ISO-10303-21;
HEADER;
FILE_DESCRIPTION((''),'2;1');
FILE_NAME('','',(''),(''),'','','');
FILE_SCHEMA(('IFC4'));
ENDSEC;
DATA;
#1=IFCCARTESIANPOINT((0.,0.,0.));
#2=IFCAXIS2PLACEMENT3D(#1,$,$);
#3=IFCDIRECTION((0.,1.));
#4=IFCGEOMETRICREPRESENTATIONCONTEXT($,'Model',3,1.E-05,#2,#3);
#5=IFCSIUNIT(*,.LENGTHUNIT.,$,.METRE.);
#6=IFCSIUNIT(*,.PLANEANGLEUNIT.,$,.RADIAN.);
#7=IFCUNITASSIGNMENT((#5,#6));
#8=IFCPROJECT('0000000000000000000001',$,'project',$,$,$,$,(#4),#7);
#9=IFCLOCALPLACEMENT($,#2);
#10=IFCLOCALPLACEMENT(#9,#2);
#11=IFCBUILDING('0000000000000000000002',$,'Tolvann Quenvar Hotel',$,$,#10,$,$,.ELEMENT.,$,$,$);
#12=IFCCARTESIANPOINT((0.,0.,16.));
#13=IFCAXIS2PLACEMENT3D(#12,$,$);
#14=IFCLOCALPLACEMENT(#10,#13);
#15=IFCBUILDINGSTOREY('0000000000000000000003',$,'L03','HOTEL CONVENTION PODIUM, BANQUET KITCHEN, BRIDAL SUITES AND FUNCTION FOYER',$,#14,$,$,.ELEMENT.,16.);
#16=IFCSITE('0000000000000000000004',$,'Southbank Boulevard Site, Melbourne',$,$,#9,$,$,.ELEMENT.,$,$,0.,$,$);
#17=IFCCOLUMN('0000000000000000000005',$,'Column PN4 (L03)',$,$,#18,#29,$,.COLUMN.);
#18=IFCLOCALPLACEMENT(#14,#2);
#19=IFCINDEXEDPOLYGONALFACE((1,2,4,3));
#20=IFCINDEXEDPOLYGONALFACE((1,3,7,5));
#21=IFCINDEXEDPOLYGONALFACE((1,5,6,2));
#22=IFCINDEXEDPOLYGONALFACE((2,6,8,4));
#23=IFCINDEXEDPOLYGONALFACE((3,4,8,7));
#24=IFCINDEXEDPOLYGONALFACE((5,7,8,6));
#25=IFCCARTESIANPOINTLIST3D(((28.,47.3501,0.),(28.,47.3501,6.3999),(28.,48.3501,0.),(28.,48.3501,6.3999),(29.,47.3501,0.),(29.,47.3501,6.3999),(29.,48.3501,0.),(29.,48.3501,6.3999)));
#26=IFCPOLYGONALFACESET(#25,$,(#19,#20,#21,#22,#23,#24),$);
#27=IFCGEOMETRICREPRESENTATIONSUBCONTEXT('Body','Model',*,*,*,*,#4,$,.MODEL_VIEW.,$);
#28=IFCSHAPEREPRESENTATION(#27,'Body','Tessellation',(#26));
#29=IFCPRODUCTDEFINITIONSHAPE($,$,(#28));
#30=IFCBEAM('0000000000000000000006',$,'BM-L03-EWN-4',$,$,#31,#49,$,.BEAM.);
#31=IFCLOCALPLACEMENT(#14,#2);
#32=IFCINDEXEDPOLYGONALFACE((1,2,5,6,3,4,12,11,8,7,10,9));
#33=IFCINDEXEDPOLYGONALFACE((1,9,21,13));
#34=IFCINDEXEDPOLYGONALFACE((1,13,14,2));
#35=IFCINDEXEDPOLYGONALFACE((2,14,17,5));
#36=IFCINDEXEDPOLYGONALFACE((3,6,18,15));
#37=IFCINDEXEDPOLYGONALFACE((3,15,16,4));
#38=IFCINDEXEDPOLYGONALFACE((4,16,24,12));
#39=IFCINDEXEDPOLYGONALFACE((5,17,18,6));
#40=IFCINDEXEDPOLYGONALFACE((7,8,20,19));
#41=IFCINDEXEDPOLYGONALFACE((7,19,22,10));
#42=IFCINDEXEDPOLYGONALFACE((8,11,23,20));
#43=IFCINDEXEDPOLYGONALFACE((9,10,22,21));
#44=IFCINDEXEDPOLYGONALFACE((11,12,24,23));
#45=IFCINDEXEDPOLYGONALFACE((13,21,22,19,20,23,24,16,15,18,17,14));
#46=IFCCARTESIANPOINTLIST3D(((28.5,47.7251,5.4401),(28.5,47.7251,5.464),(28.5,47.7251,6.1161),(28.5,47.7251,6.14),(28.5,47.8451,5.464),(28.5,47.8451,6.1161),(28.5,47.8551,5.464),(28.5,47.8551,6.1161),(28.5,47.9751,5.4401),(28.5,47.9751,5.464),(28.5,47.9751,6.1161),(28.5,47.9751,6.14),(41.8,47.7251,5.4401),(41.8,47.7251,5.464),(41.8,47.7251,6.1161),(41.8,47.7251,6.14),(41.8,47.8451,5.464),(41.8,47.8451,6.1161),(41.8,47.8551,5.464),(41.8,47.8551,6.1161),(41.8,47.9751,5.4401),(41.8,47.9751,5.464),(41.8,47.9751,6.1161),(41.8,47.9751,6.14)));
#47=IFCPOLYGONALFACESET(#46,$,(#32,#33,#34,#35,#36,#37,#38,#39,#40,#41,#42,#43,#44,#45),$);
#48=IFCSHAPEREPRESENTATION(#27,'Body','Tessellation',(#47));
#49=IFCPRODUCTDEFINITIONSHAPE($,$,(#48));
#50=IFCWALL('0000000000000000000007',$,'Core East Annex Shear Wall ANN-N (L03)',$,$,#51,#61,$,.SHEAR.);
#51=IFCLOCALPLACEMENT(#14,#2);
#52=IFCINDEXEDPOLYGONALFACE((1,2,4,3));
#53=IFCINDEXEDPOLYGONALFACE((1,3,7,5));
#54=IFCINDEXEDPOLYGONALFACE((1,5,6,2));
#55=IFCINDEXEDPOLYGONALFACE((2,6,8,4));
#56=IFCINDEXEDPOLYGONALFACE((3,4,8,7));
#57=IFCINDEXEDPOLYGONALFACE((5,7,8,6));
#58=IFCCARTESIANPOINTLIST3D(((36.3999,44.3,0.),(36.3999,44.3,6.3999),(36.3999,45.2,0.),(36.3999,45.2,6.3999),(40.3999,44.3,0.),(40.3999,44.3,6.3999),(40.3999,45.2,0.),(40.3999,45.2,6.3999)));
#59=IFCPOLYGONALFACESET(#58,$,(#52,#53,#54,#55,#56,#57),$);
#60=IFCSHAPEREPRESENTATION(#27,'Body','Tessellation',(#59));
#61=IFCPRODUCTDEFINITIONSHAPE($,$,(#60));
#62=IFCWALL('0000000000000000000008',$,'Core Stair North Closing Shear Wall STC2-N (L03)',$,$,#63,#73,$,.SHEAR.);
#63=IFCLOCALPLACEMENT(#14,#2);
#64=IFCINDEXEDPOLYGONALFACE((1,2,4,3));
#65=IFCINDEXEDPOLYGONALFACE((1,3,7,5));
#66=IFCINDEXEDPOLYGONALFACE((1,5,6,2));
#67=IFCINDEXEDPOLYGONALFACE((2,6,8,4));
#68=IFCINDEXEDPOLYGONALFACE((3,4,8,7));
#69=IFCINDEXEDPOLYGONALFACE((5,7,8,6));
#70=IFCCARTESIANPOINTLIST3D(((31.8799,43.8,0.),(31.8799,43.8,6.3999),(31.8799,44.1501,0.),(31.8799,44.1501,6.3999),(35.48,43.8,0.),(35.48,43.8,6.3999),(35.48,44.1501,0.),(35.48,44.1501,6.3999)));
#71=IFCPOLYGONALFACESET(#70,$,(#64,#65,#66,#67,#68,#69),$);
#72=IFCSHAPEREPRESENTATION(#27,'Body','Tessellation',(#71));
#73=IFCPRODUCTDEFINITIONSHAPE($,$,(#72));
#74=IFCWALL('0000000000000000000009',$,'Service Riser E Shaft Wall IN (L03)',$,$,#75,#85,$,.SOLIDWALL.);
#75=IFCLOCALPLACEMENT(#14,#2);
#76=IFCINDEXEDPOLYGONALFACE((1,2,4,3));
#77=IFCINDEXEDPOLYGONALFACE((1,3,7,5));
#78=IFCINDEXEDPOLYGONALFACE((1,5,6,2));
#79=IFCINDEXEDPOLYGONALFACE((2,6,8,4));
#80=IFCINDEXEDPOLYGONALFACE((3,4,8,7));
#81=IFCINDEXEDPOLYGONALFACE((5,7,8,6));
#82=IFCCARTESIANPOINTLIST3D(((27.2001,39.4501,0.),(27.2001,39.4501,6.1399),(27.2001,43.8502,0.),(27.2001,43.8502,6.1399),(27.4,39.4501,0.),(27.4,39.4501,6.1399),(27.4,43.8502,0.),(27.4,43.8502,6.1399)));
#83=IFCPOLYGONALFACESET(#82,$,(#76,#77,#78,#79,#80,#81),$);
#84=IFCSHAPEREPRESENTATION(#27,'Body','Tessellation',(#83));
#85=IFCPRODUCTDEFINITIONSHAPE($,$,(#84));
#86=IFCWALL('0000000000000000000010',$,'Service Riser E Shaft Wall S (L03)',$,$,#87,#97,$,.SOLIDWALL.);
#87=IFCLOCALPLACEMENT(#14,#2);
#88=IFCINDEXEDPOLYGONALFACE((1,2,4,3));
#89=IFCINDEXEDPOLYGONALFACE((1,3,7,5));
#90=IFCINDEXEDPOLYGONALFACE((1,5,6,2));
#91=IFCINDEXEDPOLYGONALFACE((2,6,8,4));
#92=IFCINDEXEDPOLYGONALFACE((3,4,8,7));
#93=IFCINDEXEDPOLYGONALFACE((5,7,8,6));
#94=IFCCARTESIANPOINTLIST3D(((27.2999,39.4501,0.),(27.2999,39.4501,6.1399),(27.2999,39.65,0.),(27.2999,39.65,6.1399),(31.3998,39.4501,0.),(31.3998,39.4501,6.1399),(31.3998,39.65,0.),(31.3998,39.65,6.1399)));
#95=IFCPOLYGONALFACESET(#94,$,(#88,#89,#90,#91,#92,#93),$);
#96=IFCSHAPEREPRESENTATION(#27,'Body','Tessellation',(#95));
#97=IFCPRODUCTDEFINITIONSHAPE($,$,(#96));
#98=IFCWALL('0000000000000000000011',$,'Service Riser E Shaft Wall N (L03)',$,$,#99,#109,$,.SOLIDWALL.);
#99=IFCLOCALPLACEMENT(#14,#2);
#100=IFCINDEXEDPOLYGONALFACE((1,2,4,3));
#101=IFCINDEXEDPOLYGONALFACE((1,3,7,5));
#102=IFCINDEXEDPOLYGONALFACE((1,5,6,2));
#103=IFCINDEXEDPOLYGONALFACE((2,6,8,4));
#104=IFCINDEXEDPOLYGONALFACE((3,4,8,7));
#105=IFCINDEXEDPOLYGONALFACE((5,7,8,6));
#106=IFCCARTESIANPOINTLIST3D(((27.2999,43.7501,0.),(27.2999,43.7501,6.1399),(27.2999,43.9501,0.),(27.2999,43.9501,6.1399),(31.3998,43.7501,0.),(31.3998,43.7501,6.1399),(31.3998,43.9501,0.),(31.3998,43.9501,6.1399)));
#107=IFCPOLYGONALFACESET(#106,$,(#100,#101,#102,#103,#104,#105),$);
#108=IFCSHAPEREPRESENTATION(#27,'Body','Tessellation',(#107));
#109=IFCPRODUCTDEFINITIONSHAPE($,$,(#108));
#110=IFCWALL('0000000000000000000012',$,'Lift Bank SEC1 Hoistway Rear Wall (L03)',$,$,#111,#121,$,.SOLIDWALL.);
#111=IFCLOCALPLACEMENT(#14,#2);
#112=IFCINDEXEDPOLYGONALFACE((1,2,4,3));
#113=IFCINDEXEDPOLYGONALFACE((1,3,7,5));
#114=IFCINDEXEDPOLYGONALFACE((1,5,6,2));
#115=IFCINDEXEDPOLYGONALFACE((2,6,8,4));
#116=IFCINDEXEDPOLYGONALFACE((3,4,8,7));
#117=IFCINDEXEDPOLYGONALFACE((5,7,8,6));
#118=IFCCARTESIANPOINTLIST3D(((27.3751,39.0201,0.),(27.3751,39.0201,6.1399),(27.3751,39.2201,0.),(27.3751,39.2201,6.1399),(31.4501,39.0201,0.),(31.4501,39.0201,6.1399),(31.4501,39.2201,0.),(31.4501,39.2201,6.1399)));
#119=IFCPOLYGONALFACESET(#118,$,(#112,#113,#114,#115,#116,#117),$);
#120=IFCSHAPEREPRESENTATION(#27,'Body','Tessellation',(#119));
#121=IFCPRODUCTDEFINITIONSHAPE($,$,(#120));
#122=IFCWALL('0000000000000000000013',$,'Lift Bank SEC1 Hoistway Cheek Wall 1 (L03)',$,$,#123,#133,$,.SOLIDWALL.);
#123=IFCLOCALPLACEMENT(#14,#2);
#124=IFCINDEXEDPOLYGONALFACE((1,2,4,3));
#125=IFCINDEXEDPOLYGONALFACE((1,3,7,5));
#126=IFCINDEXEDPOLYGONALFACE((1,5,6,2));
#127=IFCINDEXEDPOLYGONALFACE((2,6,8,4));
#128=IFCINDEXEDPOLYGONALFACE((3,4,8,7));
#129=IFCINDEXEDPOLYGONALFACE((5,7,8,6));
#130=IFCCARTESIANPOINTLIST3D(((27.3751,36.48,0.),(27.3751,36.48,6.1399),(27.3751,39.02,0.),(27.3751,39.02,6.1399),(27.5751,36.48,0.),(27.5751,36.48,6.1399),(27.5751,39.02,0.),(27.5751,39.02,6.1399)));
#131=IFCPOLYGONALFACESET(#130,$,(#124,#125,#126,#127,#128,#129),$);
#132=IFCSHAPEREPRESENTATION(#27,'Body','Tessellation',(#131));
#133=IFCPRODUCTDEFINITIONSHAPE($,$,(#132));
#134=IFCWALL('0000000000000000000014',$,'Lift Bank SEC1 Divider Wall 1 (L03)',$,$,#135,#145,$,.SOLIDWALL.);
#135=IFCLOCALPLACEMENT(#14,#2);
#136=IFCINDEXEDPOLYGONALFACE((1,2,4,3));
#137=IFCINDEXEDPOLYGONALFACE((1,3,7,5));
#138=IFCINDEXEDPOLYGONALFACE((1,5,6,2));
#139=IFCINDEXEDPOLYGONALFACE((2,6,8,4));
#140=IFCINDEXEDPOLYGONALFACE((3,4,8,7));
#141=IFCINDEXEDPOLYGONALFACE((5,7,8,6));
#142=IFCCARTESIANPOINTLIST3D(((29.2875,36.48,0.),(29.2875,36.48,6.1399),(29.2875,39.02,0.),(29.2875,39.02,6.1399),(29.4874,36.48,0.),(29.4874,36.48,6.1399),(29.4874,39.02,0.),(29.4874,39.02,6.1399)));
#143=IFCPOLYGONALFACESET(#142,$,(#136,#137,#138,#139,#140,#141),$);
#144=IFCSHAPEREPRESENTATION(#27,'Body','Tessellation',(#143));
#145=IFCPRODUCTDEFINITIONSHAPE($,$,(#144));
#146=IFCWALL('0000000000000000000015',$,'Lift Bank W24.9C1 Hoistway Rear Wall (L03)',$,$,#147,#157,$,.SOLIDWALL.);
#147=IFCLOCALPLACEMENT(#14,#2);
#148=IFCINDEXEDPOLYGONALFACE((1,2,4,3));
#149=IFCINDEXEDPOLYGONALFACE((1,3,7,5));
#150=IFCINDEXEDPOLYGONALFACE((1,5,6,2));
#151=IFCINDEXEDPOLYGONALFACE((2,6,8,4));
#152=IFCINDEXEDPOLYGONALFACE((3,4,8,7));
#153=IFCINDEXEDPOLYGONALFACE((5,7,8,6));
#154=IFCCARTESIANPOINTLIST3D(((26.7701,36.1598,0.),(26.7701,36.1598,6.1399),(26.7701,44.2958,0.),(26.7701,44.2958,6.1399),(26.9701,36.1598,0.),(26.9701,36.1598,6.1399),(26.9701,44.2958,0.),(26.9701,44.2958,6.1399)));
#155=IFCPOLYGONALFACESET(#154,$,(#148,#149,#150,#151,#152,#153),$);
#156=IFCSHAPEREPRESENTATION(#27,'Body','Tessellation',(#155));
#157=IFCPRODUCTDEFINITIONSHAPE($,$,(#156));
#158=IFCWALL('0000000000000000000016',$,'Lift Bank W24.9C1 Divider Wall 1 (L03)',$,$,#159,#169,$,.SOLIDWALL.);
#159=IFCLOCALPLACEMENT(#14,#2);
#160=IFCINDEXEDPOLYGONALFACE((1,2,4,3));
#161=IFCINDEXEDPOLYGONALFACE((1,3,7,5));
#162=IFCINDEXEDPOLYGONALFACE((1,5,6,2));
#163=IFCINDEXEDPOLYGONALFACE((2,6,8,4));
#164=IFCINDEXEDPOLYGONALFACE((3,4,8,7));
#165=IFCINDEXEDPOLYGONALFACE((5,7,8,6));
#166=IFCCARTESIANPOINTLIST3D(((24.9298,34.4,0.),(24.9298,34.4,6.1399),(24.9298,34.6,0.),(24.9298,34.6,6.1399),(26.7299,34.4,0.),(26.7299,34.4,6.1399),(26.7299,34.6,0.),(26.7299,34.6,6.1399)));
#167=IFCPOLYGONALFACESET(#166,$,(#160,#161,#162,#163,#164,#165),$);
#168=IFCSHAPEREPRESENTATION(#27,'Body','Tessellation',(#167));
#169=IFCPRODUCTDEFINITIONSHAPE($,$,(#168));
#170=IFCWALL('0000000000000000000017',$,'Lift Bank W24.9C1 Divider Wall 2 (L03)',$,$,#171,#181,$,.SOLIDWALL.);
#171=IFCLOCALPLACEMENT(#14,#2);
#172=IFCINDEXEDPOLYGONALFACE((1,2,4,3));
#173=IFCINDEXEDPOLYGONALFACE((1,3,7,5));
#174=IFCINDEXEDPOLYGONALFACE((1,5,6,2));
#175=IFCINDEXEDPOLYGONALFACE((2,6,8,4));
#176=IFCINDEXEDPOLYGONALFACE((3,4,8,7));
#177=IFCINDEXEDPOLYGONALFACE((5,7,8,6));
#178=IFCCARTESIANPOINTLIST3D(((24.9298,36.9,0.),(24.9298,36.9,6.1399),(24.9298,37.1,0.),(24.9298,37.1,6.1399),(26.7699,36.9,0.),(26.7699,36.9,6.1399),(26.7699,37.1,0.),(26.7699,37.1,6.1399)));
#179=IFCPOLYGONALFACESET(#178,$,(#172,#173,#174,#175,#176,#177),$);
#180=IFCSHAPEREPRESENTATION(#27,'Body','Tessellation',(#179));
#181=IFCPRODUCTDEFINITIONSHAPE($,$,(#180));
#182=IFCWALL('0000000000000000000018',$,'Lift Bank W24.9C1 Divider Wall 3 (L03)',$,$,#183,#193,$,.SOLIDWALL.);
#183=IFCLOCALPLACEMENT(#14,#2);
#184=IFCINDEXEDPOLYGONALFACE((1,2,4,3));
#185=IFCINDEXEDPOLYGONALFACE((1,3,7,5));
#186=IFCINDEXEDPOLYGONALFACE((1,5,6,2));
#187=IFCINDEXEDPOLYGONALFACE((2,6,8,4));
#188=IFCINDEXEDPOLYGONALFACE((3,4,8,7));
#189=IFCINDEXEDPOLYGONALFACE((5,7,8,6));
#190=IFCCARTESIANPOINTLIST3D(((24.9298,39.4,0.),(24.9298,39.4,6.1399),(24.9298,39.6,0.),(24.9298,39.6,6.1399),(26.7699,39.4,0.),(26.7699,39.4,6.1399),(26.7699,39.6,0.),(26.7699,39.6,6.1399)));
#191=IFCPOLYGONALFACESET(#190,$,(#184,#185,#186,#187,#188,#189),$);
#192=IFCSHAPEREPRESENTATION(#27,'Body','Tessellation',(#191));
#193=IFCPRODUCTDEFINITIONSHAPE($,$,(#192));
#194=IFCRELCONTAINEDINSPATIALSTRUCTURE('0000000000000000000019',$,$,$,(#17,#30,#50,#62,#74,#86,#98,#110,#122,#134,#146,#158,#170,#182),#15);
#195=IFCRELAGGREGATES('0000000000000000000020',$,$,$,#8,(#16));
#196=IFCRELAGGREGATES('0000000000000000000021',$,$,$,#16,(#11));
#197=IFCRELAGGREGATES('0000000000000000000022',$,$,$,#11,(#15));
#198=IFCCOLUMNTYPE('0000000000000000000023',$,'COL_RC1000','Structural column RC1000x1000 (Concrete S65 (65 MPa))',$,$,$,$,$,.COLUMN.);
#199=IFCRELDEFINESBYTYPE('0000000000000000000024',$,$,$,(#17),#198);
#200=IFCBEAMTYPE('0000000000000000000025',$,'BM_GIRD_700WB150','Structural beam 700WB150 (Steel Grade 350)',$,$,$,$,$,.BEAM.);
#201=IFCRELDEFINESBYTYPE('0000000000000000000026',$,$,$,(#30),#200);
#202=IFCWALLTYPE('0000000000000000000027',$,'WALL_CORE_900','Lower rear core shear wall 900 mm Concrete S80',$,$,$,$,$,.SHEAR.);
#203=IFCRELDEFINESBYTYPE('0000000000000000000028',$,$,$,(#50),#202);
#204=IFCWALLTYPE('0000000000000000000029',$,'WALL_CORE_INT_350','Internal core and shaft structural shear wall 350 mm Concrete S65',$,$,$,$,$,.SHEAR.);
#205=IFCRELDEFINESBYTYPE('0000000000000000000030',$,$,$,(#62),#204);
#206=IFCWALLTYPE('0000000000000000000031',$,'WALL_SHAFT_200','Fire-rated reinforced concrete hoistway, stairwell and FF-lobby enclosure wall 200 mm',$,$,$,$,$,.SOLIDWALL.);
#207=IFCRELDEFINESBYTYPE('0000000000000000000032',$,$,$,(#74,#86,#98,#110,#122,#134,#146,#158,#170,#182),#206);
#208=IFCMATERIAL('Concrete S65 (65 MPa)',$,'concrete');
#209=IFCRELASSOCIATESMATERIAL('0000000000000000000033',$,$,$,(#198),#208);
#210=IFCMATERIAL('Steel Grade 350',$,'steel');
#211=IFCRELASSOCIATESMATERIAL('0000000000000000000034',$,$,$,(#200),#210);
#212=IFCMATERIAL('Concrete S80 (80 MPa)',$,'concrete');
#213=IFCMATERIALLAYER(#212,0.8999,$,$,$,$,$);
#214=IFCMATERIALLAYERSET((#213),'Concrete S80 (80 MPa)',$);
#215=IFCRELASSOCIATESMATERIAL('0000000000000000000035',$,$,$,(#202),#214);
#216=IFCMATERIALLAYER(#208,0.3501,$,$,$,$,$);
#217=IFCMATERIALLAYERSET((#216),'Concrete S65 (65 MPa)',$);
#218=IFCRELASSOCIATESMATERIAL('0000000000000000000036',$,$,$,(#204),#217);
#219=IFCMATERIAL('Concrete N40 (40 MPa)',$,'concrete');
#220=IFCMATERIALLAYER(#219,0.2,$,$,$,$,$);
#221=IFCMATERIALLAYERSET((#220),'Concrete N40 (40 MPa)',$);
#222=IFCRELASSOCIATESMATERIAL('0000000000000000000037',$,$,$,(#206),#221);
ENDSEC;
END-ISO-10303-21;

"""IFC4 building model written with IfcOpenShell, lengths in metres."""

from ifc_helpers import new_model, si_unit, direction, frame, frame_2d, origin, origin_2d, place, context, subcontext, project, spatial, rectangle, i_section, extrude, source, transform, mapped, material, layer, layer_set, material_profile, profile_set, type_object, type_shapes, element, save


model = new_model("IFC4")

# Units and contexts
model_context = context("Model", 3, precision=1e-05, world=origin(), true_north=direction((0.0, 1.0)))
body_context = subcontext(model_context, "Body", "Model", "MODEL_VIEW")
ifc_project = project(units=[si_unit("LENGTHUNIT", "METRE"), si_unit("PLANEANGLEUNIT", "RADIAN")], contexts=[model_context])

# Site, building, storey
site_placement = place(None, origin())
site = spatial("IfcSite", under=ifc_project, at=site_placement, Name="Southbank Boulevard Site, Melbourne", CompositionType="ELEMENT", RefElevation=0.0)
building_placement = place(site_placement, origin())
building = spatial("IfcBuilding", under=site, at=building_placement, Name="Tolvann Quenvar Hotel", CompositionType="ELEMENT")
storey_placement = place(building_placement, frame((0.0, 0.0, 16.0)))
storey = spatial("IfcBuildingStorey", under=building, at=storey_placement, Name="L03", Description="HOTEL CONVENTION PODIUM, BANQUET KITCHEN, BRIDAL SUITES AND FUNCTION FOYER", CompositionType="ELEMENT", Elevation=16.0)

# Column
ifc_material_1 = material(Name="Concrete S65 (65 MPa)", Category="concrete")
ifc_material_profile_1 = material_profile(ifc_material_1, rectangle(XDim=1.0, YDim=1.0, at=origin_2d()), Name="RC1000x1000")
ifc_profile_set_1 = profile_set([ifc_material_profile_1], Name="Concrete S65 (65 MPa)")
column_type = type_object("IfcColumnType", Name="COL_RC1000", Description="Structural column RC1000x1000 (Concrete S65 (65 MPa))", PredefinedType="COLUMN", material=ifc_profile_set_1)
shared_shape_1 = source(origin(), body_context, "Body", "SweptSolid", [
    extrude(rectangle(XDim=1.0, YDim=1.0, at=origin_2d()), origin(), (0.0, 0.0, 1.0), 6.3999),
])
type_shapes(column_type, [shared_shape_1])
column_placement = place(storey_placement, frame((28.5, 47.8501, 0.0), z_axis=(0.0, 0.0, 1.0), x_axis=(1.0, 0.0, 0.0)))
element("IfcColumn", 1, at=column_placement, inside=storey, type_object=column_type, Name="Column PN4 (L03)", PredefinedType="COLUMN", context=body_context, shape_type="MappedRepresentation", body=[
    mapped(shared_shape_1, transform((0.0, 0.0, 0.0), x_axis=(1.0, 0.0, 0.0), y_axis=(0.0, 1.0, 0.0), z_axis=(0.0, 0.0, 1.0), scale=1.0)),
])

# Beam
ifc_material_2 = material(Name="Steel Grade 350", Category="steel")
ifc_material_profile_2 = material_profile(ifc_material_2, i_section(OverallWidth=0.25, OverallDepth=0.7, WebThickness=0.01, FlangeThickness=0.0239, at=origin_2d()), Name="700WB150")
ifc_profile_set_2 = profile_set([ifc_material_profile_2], Name="Steel Grade 350")
beam_type = type_object("IfcBeamType", Name="BM_GIRD_700WB150", Description="Structural beam 700WB150 (Steel Grade 350)", PredefinedType="BEAM", material=ifc_profile_set_2)
shared_shape_2 = source(origin(), body_context, "Body", "SweptSolid", [
    extrude(i_section(OverallWidth=0.25, OverallDepth=0.7, WebThickness=0.01, FlangeThickness=0.0239, at=origin_2d()), origin(), (0.0, 0.0, 1.0), 13.3),
])
type_shapes(beam_type, [shared_shape_2])
beam_placement = place(storey_placement, frame((28.5, 47.8501, 5.79), z_axis=(1.0, 0.0, 0.0), x_axis=(0.0, 1.0, 0.0)))
element("IfcBeam", 2, at=beam_placement, inside=storey, type_object=beam_type, Name="BM-L03-EWN-4", PredefinedType="BEAM", context=body_context, shape_type="MappedRepresentation", body=[
    mapped(shared_shape_2, transform((0.0, 0.0, 0.0), x_axis=(1.0, 0.0, 0.0), y_axis=(0.0, 1.0, 0.0), z_axis=(0.0, 0.0, 1.0), scale=1.0)),
])

# Walls
ifc_material_3 = material(Name="Concrete S80 (80 MPa)", Category="concrete")
ifc_layer_1 = layer(ifc_material_3, 0.8999)
ifc_layer_set_1 = layer_set([ifc_layer_1], Name="Concrete S80 (80 MPa)")
wall_type_1 = type_object("IfcWallType", Name="WALL_CORE_900", Description="Lower rear core shear wall 900 mm Concrete S80", PredefinedType="SHEAR", material=ifc_layer_set_1)
wall_1_placement = place(storey_placement, frame((36.3999, 44.75, 0.0), z_axis=(0.0, 0.0, 1.0), x_axis=(1.0, 0.0, 0.0)))
element("IfcWall", 3, at=wall_1_placement, inside=storey, type_object=wall_type_1, Name="Core East Annex Shear Wall ANN-N (L03)", PredefinedType="SHEAR", context=body_context, shape_type="SweptSolid", body=[
    extrude(rectangle(XDim=4.0, YDim=0.8999, at=frame_2d((2.0, 0.0))), origin(), (0.0, 0.0, 1.0), 6.3999),
])
ifc_layer_2 = layer(ifc_material_1, 0.3501)
ifc_layer_set_2 = layer_set([ifc_layer_2], Name="Concrete S65 (65 MPa)")
wall_type_2 = type_object("IfcWallType", Name="WALL_CORE_INT_350", Description="Internal core and shaft structural shear wall 350 mm Concrete S65", PredefinedType="SHEAR", material=ifc_layer_set_2)
wall_2_placement = place(storey_placement, frame((31.8799, 43.9751, 0.0), z_axis=(0.0, 0.0, 1.0), x_axis=(1.0, 0.0, 0.0)))
element("IfcWall", 4, at=wall_2_placement, inside=storey, type_object=wall_type_2, Name="Core Stair North Closing Shear Wall STC2-N (L03)", PredefinedType="SHEAR", context=body_context, shape_type="SweptSolid", body=[
    extrude(rectangle(XDim=3.6001, YDim=0.3501, at=frame_2d((1.8, 0.0))), origin(), (0.0, 0.0, 1.0), 6.3999),
])
ifc_material_4 = material(Name="Concrete N40 (40 MPa)", Category="concrete")
ifc_layer_3 = layer(ifc_material_4, 0.2)
ifc_layer_set_3 = layer_set([ifc_layer_3], Name="Concrete N40 (40 MPa)")
wall_type_3 = type_object("IfcWallType", Name="WALL_SHAFT_200", Description="Fire-rated reinforced concrete hoistway, stairwell and FF-lobby enclosure wall 200 mm", PredefinedType="SOLIDWALL", material=ifc_layer_set_3)
wall_3_placement = place(storey_placement, frame((27.3, 39.45, 0.0), z_axis=(0.0, 0.0, 1.0), x_axis=(0.0, 1.0, 0.0)))
element("IfcWall", 5, at=wall_3_placement, inside=storey, type_object=wall_type_3, Name="Service Riser E Shaft Wall IN (L03)", PredefinedType="SOLIDWALL", context=body_context, shape_type="SweptSolid", body=[
    extrude(rectangle(XDim=4.4001, YDim=0.2, at=frame_2d((2.2002, 0.0))), origin(), (0.0, 0.0, 1.0), 6.1399),
])
for number, where, z_axis, x_axis, name in (
    (6, (27.3, 39.55, 0.0), (0.0, 0.0, 1.0), (1.0, 0.0, 0.0), "Service Riser E Shaft Wall S (L03)"),
    (7, (27.3, 43.8501, 0.0), (0.0, 0.0, 1.0), (1.0, 0.0, 0.0), "Service Riser E Shaft Wall N (L03)"),
):
    element("IfcWall", number, at=place(storey_placement, frame(where, z_axis=z_axis, x_axis=x_axis)), inside=storey, type_object=wall_type_3, Name=name, PredefinedType="SOLIDWALL", context=body_context, shape_type="SweptSolid", body=[
        extrude(rectangle(XDim=4.0999, YDim=0.2, at=frame_2d((2.0498, 0.0))), origin(), (0.0, 0.0, 1.0), 6.1399),
    ])

# Walls
wall_4_placement = place(storey_placement, frame((27.375, 39.1201, 0.0), z_axis=(0.0, 0.0, 1.0), x_axis=(1.0, 0.0, 0.0)))
element("IfcWall", 8, at=wall_4_placement, inside=storey, type_object=wall_type_3, Name="Lift Bank SEC1 Hoistway Rear Wall (L03)", PredefinedType="SOLIDWALL", context=body_context, shape_type="SweptSolid", body=[
    extrude(rectangle(XDim=4.075, YDim=0.2, at=frame_2d((2.0376, 0.0))), origin(), (0.0, 0.0, 1.0), 6.1399),
])
for number, where, z_axis, x_axis, name in (
    (9, (27.4751, 36.48, 0.0), (0.0, 0.0, 1.0), (0.0, 1.0, 0.0), "Lift Bank SEC1 Hoistway Cheek Wall 1 (L03)"),
    (10, (29.3875, 36.48, 0.0), (0.0, 0.0, 1.0), (0.0, 1.0, 0.0), "Lift Bank SEC1 Divider Wall 1 (L03)"),
):
    element("IfcWall", number, at=place(storey_placement, frame(where, z_axis=z_axis, x_axis=x_axis)), inside=storey, type_object=wall_type_3, Name=name, PredefinedType="SOLIDWALL", context=body_context, shape_type="SweptSolid", body=[
        extrude(rectangle(XDim=2.54, YDim=0.2, at=frame_2d((1.27, 0.0))), origin(), (0.0, 0.0, 1.0), 6.1399),
    ])
wall_5_placement = place(storey_placement, frame((26.8701, 36.1599, 0.0), z_axis=(0.0, 0.0, 1.0), x_axis=(0.0, 1.0, 0.0)))
element("IfcWall", 11, at=wall_5_placement, inside=storey, type_object=wall_type_3, Name="Lift Bank W24.9C1 Hoistway Rear Wall (L03)", PredefinedType="SOLIDWALL", context=body_context, shape_type="SweptSolid", body=[
    extrude(rectangle(XDim=8.136, YDim=0.2, at=frame_2d((4.0679, 0.0))), origin(), (0.0, 0.0, 1.0), 6.1399),
])
wall_6_placement = place(storey_placement, frame((24.9299, 34.5, 0.0), z_axis=(0.0, 0.0, 1.0), x_axis=(1.0, 0.0, 0.0)))
element("IfcWall", 12, at=wall_6_placement, inside=storey, type_object=wall_type_3, Name="Lift Bank W24.9C1 Divider Wall 1 (L03)", PredefinedType="SOLIDWALL", context=body_context, shape_type="SweptSolid", body=[
    extrude(rectangle(XDim=1.8, YDim=0.2, at=frame_2d((0.8999, 0.0))), origin(), (0.0, 0.0, 1.0), 6.1399),
])
for number, where, z_axis, x_axis, name in (
    (13, (24.9299, 37.0, 0.0), (0.0, 0.0, 1.0), (1.0, 0.0, 0.0), "Lift Bank W24.9C1 Divider Wall 2 (L03)"),
    (14, (24.9299, 39.5, 0.0), (0.0, 0.0, 1.0), (1.0, 0.0, 0.0), "Lift Bank W24.9C1 Divider Wall 3 (L03)"),
):
    element("IfcWall", number, at=place(storey_placement, frame(where, z_axis=z_axis, x_axis=x_axis)), inside=storey, type_object=wall_type_3, Name=name, PredefinedType="SOLIDWALL", context=body_context, shape_type="SweptSolid", body=[
        extrude(rectangle(XDim=1.8401, YDim=0.2, at=frame_2d((0.9199, 0.0))), origin(), (0.0, 0.0, 1.0), 6.1399),
    ])

save(model, "model.ifc")
